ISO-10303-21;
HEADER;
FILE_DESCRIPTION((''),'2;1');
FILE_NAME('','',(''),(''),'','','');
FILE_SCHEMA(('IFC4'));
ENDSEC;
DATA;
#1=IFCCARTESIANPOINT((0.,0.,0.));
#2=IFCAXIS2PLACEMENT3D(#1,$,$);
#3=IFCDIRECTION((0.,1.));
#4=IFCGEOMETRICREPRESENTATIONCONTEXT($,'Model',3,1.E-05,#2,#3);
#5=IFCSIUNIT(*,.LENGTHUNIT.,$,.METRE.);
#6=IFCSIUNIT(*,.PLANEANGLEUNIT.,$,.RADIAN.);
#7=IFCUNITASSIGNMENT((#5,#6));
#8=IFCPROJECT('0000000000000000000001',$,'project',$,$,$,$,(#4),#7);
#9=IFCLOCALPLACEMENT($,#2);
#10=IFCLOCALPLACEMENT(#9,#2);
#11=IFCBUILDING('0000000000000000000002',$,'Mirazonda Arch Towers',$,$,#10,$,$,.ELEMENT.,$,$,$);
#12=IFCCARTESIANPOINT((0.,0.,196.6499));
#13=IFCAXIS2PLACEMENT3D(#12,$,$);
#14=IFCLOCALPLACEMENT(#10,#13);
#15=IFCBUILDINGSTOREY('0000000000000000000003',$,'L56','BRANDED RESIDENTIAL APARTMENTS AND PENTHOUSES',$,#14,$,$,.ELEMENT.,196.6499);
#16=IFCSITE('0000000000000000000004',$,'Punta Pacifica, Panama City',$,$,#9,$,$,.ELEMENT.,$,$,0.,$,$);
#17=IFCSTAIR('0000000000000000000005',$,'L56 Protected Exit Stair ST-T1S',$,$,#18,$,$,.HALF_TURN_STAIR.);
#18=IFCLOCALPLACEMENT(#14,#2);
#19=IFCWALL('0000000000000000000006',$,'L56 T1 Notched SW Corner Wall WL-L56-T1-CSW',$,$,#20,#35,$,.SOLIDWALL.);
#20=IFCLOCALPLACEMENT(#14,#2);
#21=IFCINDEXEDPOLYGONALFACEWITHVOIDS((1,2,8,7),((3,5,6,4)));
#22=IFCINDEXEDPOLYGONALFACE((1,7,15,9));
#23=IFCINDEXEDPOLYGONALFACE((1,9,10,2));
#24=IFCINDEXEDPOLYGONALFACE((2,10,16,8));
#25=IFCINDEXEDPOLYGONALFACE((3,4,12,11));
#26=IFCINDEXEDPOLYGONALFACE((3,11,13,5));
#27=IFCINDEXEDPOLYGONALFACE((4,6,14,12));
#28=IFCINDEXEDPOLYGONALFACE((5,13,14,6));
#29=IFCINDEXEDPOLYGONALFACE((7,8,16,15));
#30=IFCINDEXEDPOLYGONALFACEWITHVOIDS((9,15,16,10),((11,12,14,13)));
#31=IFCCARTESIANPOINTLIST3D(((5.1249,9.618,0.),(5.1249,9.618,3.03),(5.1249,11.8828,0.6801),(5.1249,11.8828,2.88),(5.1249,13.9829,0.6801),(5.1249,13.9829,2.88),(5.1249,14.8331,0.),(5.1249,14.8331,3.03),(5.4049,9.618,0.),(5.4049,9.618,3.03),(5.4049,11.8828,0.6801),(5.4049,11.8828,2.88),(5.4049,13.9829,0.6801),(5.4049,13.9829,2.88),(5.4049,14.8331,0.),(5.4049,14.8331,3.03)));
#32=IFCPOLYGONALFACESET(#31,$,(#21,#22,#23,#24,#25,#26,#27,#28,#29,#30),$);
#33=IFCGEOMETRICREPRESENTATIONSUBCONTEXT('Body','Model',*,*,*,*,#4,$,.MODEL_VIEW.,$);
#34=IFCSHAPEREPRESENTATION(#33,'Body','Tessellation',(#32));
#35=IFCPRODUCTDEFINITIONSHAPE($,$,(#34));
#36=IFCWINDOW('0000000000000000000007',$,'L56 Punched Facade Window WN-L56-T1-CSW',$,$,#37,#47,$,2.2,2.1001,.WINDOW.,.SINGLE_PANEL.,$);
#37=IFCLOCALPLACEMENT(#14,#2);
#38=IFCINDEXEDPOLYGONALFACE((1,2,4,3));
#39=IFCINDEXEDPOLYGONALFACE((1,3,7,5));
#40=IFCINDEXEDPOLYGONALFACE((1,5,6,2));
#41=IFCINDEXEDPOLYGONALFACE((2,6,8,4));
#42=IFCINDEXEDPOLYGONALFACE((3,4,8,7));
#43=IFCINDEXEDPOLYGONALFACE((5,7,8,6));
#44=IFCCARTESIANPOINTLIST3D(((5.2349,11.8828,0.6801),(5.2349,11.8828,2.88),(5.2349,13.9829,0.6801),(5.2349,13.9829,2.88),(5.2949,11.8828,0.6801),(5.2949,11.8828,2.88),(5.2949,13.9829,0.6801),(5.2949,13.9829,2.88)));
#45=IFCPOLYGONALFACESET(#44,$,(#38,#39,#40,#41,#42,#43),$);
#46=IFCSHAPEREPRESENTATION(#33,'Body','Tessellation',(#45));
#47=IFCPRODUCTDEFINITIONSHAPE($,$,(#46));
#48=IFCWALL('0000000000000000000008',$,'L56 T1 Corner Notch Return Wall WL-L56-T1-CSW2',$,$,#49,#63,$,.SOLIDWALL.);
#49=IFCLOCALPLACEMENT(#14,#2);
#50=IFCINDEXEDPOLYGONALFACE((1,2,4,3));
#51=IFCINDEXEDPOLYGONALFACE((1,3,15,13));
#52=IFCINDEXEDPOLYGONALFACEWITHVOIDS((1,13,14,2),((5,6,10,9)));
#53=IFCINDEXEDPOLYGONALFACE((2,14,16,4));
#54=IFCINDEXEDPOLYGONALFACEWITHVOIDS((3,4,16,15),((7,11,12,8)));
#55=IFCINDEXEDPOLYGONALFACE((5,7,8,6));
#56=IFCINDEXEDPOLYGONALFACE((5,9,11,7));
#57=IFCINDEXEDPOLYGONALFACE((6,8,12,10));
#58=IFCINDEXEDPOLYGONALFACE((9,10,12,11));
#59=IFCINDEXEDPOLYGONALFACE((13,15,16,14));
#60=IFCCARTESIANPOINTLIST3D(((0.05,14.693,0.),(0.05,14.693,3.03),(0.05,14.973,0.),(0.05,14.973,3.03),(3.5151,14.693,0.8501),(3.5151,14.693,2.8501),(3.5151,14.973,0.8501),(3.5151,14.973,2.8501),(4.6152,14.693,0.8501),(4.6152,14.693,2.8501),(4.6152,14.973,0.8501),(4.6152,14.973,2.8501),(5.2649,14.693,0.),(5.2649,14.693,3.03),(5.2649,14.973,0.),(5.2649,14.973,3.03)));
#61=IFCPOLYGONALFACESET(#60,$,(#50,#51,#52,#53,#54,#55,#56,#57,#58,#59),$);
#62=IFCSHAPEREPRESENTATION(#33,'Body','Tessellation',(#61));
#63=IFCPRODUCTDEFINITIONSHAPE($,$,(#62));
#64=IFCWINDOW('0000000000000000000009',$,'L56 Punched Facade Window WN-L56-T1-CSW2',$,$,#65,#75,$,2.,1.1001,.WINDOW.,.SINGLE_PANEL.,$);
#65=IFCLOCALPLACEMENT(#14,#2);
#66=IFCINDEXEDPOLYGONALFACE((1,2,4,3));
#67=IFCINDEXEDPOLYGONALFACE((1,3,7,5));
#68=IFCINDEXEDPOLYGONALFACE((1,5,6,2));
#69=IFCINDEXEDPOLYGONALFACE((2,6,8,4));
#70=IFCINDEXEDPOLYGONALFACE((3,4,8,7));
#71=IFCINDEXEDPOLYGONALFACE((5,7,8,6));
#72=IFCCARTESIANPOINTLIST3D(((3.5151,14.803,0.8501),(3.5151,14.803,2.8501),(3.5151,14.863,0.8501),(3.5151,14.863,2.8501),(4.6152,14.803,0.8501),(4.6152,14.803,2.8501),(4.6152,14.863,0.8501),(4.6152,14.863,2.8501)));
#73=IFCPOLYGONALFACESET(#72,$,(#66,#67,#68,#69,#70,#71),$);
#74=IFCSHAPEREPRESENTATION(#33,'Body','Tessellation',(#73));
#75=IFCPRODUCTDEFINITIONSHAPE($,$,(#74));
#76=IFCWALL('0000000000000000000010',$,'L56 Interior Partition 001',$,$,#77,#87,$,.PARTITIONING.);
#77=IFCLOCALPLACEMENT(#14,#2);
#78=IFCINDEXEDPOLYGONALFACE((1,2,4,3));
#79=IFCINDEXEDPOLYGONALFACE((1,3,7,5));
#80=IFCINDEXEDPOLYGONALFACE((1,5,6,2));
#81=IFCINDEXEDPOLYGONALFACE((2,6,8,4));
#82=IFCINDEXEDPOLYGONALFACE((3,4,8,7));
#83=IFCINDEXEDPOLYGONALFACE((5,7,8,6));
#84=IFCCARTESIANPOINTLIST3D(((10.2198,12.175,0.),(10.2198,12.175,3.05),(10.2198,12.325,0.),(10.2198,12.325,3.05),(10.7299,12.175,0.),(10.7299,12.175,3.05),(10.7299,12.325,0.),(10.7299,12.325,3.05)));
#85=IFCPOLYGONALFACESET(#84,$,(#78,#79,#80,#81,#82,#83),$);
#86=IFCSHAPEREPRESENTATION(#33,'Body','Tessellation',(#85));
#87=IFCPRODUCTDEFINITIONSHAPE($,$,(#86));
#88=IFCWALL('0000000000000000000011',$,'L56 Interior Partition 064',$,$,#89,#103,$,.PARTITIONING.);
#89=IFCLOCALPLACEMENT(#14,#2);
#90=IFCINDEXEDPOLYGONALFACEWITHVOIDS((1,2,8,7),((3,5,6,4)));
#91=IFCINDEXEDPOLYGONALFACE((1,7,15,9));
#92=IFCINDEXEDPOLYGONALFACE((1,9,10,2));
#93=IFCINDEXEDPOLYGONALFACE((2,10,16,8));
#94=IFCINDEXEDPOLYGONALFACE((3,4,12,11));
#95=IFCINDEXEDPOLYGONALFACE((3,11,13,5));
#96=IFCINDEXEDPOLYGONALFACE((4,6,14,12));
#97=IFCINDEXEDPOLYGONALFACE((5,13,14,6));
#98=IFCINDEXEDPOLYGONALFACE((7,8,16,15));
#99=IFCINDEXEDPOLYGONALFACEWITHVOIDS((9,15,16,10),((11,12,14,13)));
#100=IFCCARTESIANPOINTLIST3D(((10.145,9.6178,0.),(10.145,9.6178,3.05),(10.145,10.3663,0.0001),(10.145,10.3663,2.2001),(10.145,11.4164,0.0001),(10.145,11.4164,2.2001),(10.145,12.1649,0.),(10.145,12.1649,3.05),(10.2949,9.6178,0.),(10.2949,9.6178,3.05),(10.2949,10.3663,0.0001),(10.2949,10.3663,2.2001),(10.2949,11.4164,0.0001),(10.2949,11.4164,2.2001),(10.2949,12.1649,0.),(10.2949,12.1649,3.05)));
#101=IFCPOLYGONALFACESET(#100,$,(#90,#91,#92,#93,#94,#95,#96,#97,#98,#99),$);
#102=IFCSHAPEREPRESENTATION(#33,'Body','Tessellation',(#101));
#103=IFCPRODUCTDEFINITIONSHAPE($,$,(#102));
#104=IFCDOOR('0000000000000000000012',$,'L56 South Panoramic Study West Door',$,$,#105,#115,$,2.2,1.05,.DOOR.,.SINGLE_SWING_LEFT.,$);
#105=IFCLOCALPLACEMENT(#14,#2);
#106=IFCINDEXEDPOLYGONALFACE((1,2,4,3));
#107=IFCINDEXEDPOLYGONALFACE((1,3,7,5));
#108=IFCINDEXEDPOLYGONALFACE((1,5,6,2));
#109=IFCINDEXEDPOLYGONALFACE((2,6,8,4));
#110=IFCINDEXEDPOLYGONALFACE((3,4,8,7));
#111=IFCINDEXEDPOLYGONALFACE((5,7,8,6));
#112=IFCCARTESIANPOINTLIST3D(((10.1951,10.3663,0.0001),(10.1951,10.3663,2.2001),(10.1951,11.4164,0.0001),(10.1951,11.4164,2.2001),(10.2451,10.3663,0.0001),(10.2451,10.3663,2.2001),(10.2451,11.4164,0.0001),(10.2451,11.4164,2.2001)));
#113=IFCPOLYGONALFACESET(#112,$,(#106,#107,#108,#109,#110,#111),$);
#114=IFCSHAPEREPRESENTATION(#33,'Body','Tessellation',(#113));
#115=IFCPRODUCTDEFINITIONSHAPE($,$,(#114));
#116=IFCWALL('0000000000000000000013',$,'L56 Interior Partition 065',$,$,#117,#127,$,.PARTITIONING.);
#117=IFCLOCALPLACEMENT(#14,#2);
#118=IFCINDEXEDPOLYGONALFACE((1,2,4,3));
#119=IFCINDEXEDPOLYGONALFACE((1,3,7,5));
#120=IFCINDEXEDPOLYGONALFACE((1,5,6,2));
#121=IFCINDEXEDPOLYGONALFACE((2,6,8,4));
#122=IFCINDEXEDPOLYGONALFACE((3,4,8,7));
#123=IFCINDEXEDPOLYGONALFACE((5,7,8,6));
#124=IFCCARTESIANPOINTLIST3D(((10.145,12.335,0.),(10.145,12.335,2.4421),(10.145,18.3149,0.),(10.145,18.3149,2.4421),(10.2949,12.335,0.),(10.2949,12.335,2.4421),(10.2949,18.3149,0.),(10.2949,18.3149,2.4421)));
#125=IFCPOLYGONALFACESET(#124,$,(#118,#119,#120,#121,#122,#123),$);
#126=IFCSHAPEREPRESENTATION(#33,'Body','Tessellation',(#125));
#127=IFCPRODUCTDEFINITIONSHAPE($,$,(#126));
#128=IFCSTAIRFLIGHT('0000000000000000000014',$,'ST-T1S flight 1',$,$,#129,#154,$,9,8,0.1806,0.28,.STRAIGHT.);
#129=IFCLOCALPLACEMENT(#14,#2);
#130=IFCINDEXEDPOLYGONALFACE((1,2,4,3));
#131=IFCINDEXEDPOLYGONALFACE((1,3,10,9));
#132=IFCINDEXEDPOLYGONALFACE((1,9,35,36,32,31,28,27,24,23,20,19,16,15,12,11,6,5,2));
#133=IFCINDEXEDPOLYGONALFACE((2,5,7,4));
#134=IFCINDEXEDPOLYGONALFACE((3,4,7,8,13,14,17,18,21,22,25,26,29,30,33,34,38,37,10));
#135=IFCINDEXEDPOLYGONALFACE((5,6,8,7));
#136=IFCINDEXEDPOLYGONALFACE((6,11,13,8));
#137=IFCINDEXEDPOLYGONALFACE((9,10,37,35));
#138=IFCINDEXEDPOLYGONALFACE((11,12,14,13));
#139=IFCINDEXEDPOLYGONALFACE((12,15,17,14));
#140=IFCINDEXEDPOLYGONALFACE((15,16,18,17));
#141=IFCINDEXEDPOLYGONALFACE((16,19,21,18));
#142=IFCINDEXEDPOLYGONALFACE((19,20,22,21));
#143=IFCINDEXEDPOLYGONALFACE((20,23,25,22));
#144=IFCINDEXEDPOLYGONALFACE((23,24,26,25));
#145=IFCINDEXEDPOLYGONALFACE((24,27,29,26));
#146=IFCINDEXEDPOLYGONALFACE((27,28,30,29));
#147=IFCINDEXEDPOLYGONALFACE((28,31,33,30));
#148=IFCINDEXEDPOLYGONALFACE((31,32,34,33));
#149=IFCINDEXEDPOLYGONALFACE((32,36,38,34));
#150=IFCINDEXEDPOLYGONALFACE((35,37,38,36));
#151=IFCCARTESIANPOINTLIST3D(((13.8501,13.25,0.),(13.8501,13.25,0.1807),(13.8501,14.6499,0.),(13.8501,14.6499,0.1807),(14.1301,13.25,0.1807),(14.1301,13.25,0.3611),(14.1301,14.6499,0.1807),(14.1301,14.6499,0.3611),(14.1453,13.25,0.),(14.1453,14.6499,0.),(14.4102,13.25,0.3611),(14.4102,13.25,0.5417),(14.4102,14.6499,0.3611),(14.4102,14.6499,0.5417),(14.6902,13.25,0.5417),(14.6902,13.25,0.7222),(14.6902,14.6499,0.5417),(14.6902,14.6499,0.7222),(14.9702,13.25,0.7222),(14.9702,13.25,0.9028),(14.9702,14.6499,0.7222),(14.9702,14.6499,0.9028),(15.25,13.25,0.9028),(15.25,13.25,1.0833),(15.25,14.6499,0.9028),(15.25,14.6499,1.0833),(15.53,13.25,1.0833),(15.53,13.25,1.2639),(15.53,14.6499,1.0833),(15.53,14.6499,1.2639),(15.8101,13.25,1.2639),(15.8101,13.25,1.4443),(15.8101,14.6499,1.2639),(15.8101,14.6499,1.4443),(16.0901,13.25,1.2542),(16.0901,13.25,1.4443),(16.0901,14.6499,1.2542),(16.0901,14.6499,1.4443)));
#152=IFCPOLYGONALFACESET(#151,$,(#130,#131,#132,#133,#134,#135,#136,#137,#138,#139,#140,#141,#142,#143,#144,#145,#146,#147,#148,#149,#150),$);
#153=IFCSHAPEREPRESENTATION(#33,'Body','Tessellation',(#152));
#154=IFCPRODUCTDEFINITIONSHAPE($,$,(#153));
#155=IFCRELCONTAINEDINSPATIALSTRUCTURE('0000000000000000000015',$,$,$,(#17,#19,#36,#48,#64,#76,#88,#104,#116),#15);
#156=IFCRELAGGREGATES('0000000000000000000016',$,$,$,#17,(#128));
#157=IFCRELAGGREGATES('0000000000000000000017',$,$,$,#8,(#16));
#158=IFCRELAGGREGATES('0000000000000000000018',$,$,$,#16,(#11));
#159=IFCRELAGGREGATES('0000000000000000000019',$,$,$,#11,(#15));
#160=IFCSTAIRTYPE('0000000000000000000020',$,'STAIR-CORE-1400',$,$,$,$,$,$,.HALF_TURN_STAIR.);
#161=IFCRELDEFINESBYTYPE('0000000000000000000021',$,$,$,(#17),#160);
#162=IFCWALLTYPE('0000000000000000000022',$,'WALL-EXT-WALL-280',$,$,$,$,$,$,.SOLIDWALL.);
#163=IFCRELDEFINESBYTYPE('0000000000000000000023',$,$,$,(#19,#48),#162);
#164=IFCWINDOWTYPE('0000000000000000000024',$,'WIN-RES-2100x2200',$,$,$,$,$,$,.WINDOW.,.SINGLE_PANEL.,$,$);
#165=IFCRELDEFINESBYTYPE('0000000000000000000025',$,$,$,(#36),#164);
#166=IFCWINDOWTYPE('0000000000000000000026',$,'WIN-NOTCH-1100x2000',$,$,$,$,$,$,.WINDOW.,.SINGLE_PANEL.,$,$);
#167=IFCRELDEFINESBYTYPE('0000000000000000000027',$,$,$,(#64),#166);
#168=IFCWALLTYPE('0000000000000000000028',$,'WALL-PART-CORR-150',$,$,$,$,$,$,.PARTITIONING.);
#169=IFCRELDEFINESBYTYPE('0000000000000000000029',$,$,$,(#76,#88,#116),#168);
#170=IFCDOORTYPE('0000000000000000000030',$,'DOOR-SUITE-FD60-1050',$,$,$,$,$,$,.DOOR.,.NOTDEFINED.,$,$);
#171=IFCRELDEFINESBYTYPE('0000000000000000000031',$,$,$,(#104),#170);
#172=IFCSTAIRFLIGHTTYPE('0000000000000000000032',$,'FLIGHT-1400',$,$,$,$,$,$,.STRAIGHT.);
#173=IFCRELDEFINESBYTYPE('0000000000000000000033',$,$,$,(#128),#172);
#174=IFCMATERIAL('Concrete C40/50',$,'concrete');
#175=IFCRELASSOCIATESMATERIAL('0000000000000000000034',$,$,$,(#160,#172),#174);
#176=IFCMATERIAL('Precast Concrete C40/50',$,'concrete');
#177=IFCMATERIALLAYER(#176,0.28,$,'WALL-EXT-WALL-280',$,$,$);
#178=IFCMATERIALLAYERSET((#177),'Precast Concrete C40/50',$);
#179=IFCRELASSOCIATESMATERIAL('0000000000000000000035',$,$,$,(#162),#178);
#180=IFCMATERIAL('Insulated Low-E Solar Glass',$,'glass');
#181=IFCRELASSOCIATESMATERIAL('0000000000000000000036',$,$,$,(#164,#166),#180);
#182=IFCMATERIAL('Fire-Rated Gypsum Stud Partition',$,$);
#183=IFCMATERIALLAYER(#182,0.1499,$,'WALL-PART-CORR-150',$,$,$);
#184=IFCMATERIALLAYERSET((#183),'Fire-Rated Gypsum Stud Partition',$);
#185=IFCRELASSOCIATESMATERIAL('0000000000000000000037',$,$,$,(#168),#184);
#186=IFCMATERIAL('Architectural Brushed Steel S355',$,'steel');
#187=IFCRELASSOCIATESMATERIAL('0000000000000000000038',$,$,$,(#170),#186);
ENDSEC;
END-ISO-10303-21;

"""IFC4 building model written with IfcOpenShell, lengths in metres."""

from ifc_helpers import new_model, si_unit, direction, frame, frame_2d, origin, place, context, subcontext, project, spatial, polyline, rectangle, outline, extrude, material, layer, layer_set, type_object, element, fill, aggregate, save


model = new_model("IFC4")

# Units and contexts
model_context = context("Model", 3, precision=1e-05, world=origin(), true_north=direction((0.0, 1.0)))
body_context = subcontext(model_context, "Body", "Model", "MODEL_VIEW")
ifc_project = project(units=[si_unit("LENGTHUNIT", "METRE"), si_unit("PLANEANGLEUNIT", "RADIAN")], contexts=[model_context])

# Site, building, storey
site_placement = place(None, origin())
site = spatial("IfcSite", under=ifc_project, at=site_placement, Name="Punta Pacifica, Panama City", CompositionType="ELEMENT", RefElevation=0.0)
building_placement = place(site_placement, origin())
building = spatial("IfcBuilding", under=site, at=building_placement, Name="Mirazonda Arch Towers", CompositionType="ELEMENT")
storey_placement = place(building_placement, frame((0.0, 0.0, 196.6499)))
storey = spatial("IfcBuildingStorey", under=building, at=storey_placement, Name="L56", Description="BRANDED RESIDENTIAL APARTMENTS AND PENTHOUSES", CompositionType="ELEMENT", Elevation=196.6499)

# Shared definitions
ifc_material_1 = material(Name="Insulated Low-E Solar Glass", Category="glass")

# Stair
ifc_material_2 = material(Name="Concrete C40/50", Category="concrete")
stair_type = type_object("IfcStairType", Name="STAIR-CORE-1400", PredefinedType="HALF_TURN_STAIR", material=ifc_material_2)
stair_1_placement = place(storey_placement, origin())
stair_1 = element("IfcStair", 1, at=stair_1_placement, inside=storey, type_object=stair_type, Name="L56 Protected Exit Stair ST-T1S", PredefinedType="HALF_TURN_STAIR")

# Walls, openings, windows
ifc_material_3 = material(Name="Precast Concrete C40/50", Category="concrete")
ifc_layer_1 = layer(ifc_material_3, 0.28, Name="WALL-EXT-WALL-280")
ifc_layer_set_1 = layer_set([ifc_layer_1], Name="Precast Concrete C40/50")
wall_type_1 = type_object("IfcWallType", Name="WALL-EXT-WALL-280", PredefinedType="SOLIDWALL", material=ifc_layer_set_1)
wall_1_placement = place(storey_placement, frame((5.2649, 14.833, 0.0), z_axis=(0.0, 0.0, 1.0), x_axis=(0.0, -1.0, 0.0)))
wall_1 = element("IfcWall", 2, at=wall_1_placement, inside=storey, type_object=wall_type_1, Name="L56 T1 Notched SW Corner Wall WL-L56-T1-CSW", PredefinedType="SOLIDWALL", context=body_context, shape_type="SweptSolid", body=[
    extrude(rectangle(XDim=5.2151, YDim=0.28, at=frame_2d((2.6074, 0.0))), origin(), (0.0, 0.0, 1.0), 3.03),
])
opening_1_placement = place(wall_1_placement, frame((0.8501, 0.0, 0.6799)))
opening_1 = element("IfcOpeningElement", 3, at=opening_1_placement, cuts=wall_1, PredefinedType="OPENING", context=body_context, shape_type="SweptSolid", body=[
    extrude(rectangle(XDim=2.1001, YDim=2.2, at=frame_2d((1.05, 1.1001))), frame((0.0, 0.1499, 0.0), z_axis=(0.0, -1.0, 0.0), x_axis=(1.0, 0.0, 0.0)), (0.0, 0.0, 1.0), 0.3),
])
window_type_1 = type_object("IfcWindowType", Name="WIN-RES-2100x2200", PartitioningType="SINGLE_PANEL", PredefinedType="WINDOW", material=ifc_material_1)
window_1_placement = place(opening_1_placement, origin())
window_1 = element("IfcWindow", 4, at=window_1_placement, inside=storey, type_object=window_type_1, Name="L56 Punched Facade Window WN-L56-T1-CSW", OverallHeight=2.2, OverallWidth=2.1001, PartitioningType="SINGLE_PANEL", PredefinedType="WINDOW", context=body_context, shape_type="SweptSolid", body=[
    extrude(rectangle(XDim=2.1001, YDim=2.2, at=frame_2d((1.05, 1.1001))), frame((0.0, 0.03, 0.0), z_axis=(0.0, -1.0, 0.0), x_axis=(1.0, 0.0, 0.0)), (0.0, 0.0, 1.0), 0.0601),
])
fill(opening_1, window_1)
wall_2_placement = place(storey_placement, frame((0.05, 14.833, 0.0), z_axis=(0.0, 0.0, 1.0), x_axis=(1.0, 0.0, 0.0)))
wall_2 = element("IfcWall", 5, at=wall_2_placement, inside=storey, type_object=wall_type_1, Name="L56 T1 Corner Notch Return Wall WL-L56-T1-CSW2", PredefinedType="SOLIDWALL", context=body_context, shape_type="SweptSolid", body=[
    extrude(rectangle(XDim=5.2148, YDim=0.28, at=frame_2d((2.6074, 0.0))), origin(), (0.0, 0.0, 1.0), 3.03),
])
opening_2_placement = place(wall_2_placement, frame((3.4651, 0.0, 0.8501)))
opening_2 = element("IfcOpeningElement", 6, at=opening_2_placement, cuts=wall_2, PredefinedType="OPENING", context=body_context, shape_type="SweptSolid", body=[
    extrude(rectangle(XDim=1.1001, YDim=2.0, at=frame_2d((0.55, 1.0))), frame((0.0, 0.1499, 0.0), z_axis=(0.0, -1.0, 0.0), x_axis=(1.0, 0.0, 0.0)), (0.0, 0.0, 1.0), 0.3),
])
window_type_2 = type_object("IfcWindowType", Name="WIN-NOTCH-1100x2000", PartitioningType="SINGLE_PANEL", PredefinedType="WINDOW", material=ifc_material_1)
window_2_placement = place(opening_2_placement, origin())
window_2 = element("IfcWindow", 7, at=window_2_placement, inside=storey, type_object=window_type_2, Name="L56 Punched Facade Window WN-L56-T1-CSW2", OverallHeight=2.0, OverallWidth=1.1001, PartitioningType="SINGLE_PANEL", PredefinedType="WINDOW", context=body_context, shape_type="SweptSolid", body=[
    extrude(rectangle(XDim=1.1001, YDim=2.0, at=frame_2d((0.55, 1.0))), frame((0.0, 0.03, 0.0), z_axis=(0.0, -1.0, 0.0), x_axis=(1.0, 0.0, 0.0)), (0.0, 0.0, 1.0), 0.0601),
])
fill(opening_2, window_2)

# Wall
ifc_material_4 = material(Name="Fire-Rated Gypsum Stud Partition")
ifc_layer_2 = layer(ifc_material_4, 0.1499, Name="WALL-PART-CORR-150")
ifc_layer_set_2 = layer_set([ifc_layer_2], Name="Fire-Rated Gypsum Stud Partition")
wall_type_2 = type_object("IfcWallType", Name="WALL-PART-CORR-150", PredefinedType="PARTITIONING", material=ifc_layer_set_2)
wall_3_placement = place(storey_placement, frame((10.22, 12.25, 0.0), z_axis=(0.0, 0.0, 1.0), x_axis=(1.0, 0.0, 0.0)))
element("IfcWall", 8, at=wall_3_placement, inside=storey, type_object=wall_type_2, Name="L56 Interior Partition 001", PredefinedType="PARTITIONING", context=body_context, shape_type="SweptSolid", body=[
    extrude(rectangle(XDim=0.51, YDim=0.1499, at=frame_2d((0.2549, 0.0))), origin(), (0.0, 0.0, 1.0), 3.05),
])

# Wall, opening, door
wall_4_placement = place(storey_placement, frame((10.22, 9.6179, 0.0), z_axis=(0.0, 0.0, 1.0), x_axis=(0.0, 1.0, 0.0)))
wall_4 = element("IfcWall", 9, at=wall_4_placement, inside=storey, type_object=wall_type_2, Name="L56 Interior Partition 064", PredefinedType="PARTITIONING", context=body_context, shape_type="SweptSolid", body=[
    extrude(rectangle(XDim=2.5471, YDim=0.1499, at=frame_2d((1.2734, 0.0))), origin(), (0.0, 0.0, 1.0), 3.05),
])
opening_3_placement = place(wall_4_placement, frame((0.7485, 0.0, 0.0)))
opening_3 = element("IfcOpeningElement", 10, at=opening_3_placement, cuts=wall_4, PredefinedType="OPENING", context=body_context, shape_type="SweptSolid", body=[
    extrude(rectangle(XDim=1.05, YDim=2.2, at=frame_2d((0.5249, 1.1001))), frame((0.0, 0.085, 0.0), z_axis=(0.0, -1.0, 0.0), x_axis=(1.0, 0.0, 0.0)), (0.0, 0.0, 1.0), 0.1699),
])
ifc_material_5 = material(Name="Architectural Brushed Steel S355", Category="steel")
door_type_1 = type_object("IfcDoorType", Name="DOOR-SUITE-FD60-1050", OperationType="NOTDEFINED", PredefinedType="DOOR", material=ifc_material_5)
door_1_placement = place(opening_3_placement, origin())
door_1 = element("IfcDoor", 11, at=door_1_placement, inside=storey, type_object=door_type_1, Name="L56 South Panoramic Study West Door", OperationType="SINGLE_SWING_LEFT", OverallHeight=2.2, OverallWidth=1.05, PredefinedType="DOOR", context=body_context, shape_type="SweptSolid", body=[
    extrude(rectangle(XDim=1.05, YDim=2.2, at=frame_2d((0.5249, 1.1001))), frame((0.0, 0.0249, 0.0), z_axis=(0.0, -1.0, 0.0), x_axis=(1.0, 0.0, 0.0)), (0.0, 0.0, 1.0), 0.05),
])
fill(opening_3, door_1)

# Wall
wall_5_placement = place(storey_placement, frame((10.22, 12.335, 0.0), z_axis=(0.0, 0.0, 1.0), x_axis=(0.0, 1.0, 0.0)))
element("IfcWall", 12, at=wall_5_placement, inside=storey, type_object=wall_type_2, Name="L56 Interior Partition 065", PredefinedType="PARTITIONING", context=body_context, shape_type="SweptSolid", body=[
    extrude(rectangle(XDim=5.98, YDim=0.1499, at=frame_2d((2.99, 0.0))), origin(), (0.0, 0.0, 1.0), 2.4421),
])

# Stair flight
stair_flight_type = type_object("IfcStairFlightType", Name="FLIGHT-1400", PredefinedType="STRAIGHT", material=ifc_material_2)
stair_flight_placement = place(storey_placement, frame((13.8501, 13.95, 0.0), z_axis=(0.0, 0.0, 1.0), x_axis=(1.0, 0.0, 0.0)))
stair_flight = element("IfcStairFlight", 13, at=stair_flight_placement, type_object=stair_flight_type, Name="ST-T1S flight 1", NumberOfRisers=9, NumberOfTreads=8, PredefinedType="STRAIGHT", RiserHeight=0.1806, TreadLength=0.28, context=body_context, shape_type="SweptSolid", body=[
    extrude(outline(polyline([(0.0, 0.0), (0.0, 0.1807), (0.28, 0.1807), (0.28, 0.3611), (0.5601, 0.3611), (0.5601, 0.5417), (0.8401, 0.5417), (0.8401, 0.7222), (1.1201, 0.7222), (1.1201, 0.9028), (1.3999, 0.9028), (1.3999, 1.0833), (1.6799, 1.0833), (1.6799, 1.2639), (1.96, 1.2639), (1.96, 1.4443), (2.24, 1.4443), (2.24, 1.625), (2.24, 1.2542), (0.2952, 0.0), (0.0, 0.0)])), frame((0.0, 0.7, 0.0), z_axis=(0.0, -1.0, 0.0), x_axis=(1.0, 0.0, 0.0)), (0.0, 0.0, 1.0), 1.3999),
])
aggregate(stair_1, [stair_flight])

save(model, "model.ifc")
